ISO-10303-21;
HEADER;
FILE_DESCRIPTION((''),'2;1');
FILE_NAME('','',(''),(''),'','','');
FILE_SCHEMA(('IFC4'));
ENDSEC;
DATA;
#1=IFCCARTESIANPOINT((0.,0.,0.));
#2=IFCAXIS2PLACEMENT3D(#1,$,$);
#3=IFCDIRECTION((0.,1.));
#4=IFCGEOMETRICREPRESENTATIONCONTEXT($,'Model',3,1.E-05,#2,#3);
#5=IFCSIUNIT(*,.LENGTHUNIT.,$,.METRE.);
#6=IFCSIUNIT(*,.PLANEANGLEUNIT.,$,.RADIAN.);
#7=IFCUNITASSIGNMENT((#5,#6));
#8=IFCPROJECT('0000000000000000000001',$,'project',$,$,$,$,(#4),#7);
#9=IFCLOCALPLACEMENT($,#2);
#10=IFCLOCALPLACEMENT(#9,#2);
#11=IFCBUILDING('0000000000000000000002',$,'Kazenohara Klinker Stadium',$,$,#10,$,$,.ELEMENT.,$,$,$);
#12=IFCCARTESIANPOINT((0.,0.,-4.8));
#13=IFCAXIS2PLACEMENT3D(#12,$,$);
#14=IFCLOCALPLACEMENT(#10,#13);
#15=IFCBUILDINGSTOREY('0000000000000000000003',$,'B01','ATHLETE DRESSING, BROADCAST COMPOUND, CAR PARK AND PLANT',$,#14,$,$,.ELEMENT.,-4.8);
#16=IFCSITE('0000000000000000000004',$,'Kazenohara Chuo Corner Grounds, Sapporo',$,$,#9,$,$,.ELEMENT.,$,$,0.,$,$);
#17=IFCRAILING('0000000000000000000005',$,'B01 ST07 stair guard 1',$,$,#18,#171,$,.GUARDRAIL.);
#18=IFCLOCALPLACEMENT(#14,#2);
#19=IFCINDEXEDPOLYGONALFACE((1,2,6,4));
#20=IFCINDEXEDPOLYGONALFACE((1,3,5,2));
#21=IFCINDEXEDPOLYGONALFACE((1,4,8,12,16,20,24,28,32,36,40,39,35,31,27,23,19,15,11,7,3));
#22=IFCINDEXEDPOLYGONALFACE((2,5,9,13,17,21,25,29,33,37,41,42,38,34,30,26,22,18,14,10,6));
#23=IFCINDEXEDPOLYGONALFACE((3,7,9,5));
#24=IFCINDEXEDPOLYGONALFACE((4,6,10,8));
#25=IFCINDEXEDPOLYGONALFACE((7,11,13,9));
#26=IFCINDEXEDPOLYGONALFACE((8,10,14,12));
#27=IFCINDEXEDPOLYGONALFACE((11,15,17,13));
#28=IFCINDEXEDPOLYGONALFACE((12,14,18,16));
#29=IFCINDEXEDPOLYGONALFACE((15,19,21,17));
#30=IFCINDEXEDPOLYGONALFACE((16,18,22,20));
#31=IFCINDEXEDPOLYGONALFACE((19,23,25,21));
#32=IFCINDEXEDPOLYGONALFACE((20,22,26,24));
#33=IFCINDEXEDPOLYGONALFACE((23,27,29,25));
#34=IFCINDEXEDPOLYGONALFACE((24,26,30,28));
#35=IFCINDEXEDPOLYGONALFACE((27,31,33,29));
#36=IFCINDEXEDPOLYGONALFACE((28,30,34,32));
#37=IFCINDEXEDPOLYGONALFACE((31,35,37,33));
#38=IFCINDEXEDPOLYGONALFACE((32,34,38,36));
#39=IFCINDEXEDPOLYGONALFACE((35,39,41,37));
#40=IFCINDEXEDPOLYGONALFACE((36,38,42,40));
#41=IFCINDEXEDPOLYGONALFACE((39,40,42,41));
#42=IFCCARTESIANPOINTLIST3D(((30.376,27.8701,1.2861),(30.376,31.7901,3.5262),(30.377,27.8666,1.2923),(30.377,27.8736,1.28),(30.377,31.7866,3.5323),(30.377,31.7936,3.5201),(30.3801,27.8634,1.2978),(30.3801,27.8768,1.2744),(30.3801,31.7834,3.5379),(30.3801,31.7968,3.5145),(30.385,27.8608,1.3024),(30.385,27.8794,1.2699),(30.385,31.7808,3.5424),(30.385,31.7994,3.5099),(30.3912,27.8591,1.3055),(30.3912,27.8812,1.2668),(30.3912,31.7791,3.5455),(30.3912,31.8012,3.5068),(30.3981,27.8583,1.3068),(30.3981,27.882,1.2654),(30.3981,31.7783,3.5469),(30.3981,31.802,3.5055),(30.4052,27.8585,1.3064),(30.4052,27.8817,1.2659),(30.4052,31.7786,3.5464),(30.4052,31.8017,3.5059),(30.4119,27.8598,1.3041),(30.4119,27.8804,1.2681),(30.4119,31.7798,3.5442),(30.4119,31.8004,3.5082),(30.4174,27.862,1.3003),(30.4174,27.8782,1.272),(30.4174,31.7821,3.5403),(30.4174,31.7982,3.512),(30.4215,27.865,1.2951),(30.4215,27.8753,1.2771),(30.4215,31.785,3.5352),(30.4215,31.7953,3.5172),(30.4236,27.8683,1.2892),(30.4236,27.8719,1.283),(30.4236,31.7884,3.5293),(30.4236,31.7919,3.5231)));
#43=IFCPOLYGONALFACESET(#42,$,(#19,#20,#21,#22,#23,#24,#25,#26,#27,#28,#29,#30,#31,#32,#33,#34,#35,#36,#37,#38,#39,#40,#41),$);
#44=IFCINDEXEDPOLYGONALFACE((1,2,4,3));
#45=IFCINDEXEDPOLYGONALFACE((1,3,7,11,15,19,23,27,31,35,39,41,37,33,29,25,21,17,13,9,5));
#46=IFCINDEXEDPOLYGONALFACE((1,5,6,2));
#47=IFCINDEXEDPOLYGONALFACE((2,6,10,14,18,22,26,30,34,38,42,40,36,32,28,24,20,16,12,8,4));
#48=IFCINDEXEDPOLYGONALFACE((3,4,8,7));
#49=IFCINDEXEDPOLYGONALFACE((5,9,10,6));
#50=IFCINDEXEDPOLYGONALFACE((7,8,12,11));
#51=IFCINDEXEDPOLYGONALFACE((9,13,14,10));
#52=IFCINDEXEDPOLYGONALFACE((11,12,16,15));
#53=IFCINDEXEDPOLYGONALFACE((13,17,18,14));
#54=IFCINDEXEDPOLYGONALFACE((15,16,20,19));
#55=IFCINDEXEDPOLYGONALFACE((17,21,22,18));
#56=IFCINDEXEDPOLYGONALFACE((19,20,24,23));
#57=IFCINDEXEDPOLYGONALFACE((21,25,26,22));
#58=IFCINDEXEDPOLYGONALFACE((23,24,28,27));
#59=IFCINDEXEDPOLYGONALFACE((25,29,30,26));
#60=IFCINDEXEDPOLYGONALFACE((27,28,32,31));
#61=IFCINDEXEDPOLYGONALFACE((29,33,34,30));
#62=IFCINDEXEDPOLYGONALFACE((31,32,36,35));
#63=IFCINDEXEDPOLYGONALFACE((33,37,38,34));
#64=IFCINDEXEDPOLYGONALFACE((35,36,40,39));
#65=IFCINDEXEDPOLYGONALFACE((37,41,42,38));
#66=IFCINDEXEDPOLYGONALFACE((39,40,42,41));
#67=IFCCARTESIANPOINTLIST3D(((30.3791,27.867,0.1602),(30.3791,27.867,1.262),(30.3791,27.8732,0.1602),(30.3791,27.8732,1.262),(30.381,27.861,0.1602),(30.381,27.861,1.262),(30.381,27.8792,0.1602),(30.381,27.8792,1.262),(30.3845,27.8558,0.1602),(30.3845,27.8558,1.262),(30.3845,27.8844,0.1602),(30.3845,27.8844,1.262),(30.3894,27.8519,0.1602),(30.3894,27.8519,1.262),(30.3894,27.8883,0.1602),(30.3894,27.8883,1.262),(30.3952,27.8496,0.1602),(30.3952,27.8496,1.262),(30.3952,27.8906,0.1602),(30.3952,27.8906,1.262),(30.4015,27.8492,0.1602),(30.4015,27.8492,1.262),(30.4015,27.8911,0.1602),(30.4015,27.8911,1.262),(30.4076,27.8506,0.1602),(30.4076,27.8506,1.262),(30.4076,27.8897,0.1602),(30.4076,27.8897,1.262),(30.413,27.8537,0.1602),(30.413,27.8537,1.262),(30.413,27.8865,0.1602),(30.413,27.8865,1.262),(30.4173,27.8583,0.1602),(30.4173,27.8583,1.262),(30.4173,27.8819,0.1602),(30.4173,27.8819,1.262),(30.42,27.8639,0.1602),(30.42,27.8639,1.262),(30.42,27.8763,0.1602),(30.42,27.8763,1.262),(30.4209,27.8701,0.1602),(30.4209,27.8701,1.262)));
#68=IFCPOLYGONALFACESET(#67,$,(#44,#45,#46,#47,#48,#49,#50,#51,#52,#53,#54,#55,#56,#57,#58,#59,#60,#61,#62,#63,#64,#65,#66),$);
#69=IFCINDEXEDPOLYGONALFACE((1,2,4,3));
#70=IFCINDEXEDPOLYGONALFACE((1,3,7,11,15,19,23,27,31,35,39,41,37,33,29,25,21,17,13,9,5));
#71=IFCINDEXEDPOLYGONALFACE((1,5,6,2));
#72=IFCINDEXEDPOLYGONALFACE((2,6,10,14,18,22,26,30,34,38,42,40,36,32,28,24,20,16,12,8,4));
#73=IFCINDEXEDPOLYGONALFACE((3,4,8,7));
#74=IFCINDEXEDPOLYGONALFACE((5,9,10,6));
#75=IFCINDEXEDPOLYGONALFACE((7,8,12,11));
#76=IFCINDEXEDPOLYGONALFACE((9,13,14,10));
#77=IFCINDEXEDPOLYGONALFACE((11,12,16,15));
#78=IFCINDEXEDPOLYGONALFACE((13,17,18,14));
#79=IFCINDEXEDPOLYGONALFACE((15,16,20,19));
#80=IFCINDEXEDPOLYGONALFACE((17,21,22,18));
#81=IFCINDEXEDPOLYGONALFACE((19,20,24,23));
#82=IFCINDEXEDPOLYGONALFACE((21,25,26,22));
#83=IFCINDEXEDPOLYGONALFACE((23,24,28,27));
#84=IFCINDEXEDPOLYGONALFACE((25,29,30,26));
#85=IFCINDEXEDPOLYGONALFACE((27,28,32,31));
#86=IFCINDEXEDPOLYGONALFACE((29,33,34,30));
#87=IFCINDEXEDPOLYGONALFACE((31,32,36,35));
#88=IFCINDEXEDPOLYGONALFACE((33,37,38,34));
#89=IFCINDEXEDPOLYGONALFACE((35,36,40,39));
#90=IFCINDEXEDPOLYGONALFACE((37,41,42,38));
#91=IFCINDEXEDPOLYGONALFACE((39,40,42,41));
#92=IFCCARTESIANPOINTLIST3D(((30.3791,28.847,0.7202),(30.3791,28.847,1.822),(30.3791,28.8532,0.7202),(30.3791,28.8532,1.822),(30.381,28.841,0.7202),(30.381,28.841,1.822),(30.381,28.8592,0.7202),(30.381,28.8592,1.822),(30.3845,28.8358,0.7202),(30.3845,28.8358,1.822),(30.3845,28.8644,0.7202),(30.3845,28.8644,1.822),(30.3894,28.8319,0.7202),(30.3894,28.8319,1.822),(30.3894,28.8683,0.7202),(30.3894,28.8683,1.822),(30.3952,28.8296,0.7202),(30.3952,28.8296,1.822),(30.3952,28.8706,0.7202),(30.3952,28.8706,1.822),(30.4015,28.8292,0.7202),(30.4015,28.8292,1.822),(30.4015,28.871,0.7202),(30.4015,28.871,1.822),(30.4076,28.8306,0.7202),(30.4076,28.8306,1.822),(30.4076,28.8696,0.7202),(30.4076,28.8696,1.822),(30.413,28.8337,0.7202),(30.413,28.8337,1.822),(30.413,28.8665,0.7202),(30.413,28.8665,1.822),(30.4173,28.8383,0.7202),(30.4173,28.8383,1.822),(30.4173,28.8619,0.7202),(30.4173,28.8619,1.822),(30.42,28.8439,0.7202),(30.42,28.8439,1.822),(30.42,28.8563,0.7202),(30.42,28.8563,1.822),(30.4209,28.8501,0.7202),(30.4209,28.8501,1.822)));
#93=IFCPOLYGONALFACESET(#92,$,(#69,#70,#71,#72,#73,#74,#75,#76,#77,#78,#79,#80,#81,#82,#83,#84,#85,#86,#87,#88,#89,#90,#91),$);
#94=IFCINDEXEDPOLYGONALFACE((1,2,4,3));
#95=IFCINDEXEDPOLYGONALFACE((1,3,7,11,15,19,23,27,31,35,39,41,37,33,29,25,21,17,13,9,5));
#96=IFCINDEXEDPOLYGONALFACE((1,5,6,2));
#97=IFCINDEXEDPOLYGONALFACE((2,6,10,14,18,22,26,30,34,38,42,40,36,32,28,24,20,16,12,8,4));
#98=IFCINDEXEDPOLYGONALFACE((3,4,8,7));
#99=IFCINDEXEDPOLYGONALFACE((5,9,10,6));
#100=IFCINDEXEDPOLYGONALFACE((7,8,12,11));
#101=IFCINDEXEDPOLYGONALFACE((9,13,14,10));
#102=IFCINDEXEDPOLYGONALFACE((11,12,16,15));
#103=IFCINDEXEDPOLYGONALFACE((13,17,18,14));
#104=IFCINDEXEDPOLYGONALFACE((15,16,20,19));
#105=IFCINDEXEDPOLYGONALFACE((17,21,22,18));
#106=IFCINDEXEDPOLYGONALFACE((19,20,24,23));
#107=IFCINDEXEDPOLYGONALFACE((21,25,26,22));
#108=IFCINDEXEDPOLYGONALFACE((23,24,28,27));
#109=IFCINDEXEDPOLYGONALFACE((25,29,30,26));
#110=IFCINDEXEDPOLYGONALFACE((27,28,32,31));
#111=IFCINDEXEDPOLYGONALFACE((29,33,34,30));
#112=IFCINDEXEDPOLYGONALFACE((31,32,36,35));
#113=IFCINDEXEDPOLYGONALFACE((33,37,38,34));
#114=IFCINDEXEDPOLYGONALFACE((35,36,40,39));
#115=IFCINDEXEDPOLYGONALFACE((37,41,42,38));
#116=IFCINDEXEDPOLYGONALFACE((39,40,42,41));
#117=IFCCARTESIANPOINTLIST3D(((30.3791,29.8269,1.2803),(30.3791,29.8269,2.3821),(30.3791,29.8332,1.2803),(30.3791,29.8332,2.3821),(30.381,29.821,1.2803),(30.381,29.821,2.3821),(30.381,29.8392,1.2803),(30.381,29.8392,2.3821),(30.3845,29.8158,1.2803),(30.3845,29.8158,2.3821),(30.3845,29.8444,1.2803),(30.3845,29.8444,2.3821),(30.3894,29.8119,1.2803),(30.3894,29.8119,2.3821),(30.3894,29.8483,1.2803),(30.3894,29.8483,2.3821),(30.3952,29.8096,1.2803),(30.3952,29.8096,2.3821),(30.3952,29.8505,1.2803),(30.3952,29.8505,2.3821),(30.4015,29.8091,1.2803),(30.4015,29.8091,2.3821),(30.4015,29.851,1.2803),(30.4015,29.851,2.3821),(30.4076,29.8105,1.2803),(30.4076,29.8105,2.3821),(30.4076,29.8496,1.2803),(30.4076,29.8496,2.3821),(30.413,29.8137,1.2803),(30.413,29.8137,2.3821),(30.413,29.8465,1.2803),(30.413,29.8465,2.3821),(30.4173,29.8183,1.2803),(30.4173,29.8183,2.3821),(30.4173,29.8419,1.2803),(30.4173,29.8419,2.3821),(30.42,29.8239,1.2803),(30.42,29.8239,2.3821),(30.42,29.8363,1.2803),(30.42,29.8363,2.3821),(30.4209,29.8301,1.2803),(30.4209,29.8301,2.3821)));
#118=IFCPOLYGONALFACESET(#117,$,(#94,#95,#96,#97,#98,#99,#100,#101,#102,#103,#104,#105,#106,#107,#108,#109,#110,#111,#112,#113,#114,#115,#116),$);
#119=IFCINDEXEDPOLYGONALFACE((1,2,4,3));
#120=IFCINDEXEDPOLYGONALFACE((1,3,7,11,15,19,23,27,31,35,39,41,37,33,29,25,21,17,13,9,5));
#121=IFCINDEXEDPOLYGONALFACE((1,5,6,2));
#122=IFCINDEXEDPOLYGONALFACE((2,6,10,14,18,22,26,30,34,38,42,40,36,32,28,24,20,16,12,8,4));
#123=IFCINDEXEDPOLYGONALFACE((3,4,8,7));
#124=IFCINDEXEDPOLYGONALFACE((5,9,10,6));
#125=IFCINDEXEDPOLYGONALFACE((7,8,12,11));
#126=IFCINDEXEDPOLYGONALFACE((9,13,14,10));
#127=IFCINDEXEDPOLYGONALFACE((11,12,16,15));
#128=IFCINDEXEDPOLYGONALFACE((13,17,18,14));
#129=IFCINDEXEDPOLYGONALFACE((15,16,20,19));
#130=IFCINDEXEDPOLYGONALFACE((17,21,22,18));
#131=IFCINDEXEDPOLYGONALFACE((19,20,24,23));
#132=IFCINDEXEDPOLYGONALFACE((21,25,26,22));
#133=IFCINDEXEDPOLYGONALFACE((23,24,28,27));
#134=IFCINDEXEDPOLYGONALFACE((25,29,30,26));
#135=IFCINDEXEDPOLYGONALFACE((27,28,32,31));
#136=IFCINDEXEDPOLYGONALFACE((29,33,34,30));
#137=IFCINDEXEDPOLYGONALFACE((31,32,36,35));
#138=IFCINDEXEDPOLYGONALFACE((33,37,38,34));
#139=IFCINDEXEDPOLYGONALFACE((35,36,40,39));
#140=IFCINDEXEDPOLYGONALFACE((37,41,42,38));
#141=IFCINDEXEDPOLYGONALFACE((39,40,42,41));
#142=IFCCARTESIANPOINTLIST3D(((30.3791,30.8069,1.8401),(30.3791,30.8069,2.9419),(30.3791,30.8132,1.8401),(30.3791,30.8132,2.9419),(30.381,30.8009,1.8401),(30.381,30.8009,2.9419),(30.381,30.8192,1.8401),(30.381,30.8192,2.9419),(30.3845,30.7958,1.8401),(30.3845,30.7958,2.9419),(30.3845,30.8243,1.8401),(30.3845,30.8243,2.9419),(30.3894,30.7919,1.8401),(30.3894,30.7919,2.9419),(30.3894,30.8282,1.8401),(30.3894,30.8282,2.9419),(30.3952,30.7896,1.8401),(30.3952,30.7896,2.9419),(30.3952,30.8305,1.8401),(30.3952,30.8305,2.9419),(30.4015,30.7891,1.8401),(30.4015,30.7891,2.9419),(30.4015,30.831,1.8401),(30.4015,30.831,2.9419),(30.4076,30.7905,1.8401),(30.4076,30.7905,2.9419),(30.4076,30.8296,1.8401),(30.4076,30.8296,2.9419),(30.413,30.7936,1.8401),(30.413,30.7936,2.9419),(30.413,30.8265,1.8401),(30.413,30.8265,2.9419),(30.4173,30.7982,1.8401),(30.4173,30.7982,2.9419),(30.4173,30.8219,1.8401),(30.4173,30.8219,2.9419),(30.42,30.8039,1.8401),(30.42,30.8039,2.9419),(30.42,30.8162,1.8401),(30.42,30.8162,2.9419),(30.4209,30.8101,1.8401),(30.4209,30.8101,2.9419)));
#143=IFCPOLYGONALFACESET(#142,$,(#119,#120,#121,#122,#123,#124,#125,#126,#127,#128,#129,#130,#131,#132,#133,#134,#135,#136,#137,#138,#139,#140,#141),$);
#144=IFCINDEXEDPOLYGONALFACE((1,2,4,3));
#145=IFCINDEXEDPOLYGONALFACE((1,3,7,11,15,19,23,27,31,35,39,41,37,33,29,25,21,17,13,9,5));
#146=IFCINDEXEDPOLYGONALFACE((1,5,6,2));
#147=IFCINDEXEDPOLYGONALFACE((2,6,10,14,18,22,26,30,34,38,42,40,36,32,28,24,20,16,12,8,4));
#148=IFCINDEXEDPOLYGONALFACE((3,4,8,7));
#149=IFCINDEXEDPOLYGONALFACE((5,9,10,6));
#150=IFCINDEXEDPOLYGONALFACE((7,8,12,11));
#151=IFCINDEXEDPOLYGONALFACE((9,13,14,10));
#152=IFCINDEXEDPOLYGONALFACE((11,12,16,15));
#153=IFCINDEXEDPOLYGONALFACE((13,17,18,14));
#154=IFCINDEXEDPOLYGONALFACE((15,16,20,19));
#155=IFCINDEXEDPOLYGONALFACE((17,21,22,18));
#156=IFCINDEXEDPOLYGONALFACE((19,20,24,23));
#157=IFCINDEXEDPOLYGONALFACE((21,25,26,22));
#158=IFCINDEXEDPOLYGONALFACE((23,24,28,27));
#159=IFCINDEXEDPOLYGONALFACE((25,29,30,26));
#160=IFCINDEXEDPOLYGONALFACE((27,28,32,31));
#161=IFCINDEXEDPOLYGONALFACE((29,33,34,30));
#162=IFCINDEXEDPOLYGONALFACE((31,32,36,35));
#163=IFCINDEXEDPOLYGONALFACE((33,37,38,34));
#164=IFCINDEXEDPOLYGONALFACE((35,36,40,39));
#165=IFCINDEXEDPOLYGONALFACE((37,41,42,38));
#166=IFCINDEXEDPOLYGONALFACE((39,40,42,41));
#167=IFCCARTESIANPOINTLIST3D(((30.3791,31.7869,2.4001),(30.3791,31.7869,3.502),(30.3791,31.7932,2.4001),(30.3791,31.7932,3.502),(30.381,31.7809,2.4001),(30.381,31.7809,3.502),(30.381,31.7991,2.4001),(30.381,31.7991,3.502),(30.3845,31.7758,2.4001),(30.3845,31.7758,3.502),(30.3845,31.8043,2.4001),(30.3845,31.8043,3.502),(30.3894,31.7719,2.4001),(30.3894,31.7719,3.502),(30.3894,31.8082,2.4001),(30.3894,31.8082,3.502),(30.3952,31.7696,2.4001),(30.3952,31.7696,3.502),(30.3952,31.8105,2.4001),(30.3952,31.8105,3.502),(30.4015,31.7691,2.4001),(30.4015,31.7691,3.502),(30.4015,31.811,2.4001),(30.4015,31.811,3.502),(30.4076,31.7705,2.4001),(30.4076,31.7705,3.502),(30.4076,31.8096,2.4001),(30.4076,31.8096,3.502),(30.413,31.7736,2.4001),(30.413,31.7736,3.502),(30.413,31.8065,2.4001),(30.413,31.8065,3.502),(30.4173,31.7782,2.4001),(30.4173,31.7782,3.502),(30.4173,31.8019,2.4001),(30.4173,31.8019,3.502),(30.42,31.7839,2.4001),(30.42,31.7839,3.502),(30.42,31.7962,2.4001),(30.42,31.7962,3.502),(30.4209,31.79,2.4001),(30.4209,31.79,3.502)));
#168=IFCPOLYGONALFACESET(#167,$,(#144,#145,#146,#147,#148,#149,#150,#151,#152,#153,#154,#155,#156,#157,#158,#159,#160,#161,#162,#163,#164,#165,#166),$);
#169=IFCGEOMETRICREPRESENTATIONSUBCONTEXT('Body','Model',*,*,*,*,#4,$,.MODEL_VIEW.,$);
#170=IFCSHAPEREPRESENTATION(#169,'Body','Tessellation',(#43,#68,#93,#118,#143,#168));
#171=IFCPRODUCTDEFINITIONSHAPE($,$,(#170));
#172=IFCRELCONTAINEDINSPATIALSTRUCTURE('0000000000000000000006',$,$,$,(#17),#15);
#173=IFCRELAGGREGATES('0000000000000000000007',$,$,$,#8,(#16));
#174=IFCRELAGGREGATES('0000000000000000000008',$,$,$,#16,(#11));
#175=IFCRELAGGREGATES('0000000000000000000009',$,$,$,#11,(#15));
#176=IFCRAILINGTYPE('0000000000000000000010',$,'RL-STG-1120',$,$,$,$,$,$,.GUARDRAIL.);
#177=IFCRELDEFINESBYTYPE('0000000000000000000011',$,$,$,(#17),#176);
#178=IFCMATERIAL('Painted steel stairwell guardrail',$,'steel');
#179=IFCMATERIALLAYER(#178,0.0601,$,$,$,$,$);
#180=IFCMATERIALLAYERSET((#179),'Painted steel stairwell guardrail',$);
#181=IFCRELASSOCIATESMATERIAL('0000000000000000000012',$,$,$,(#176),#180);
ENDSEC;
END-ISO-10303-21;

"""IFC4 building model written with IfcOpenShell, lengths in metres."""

from ifc_helpers import new_model, si_unit, direction, frame, origin, origin_2d, place, context, subcontext, project, spatial, circle, extrude, material, layer, layer_set, type_object, element, save


model = new_model("IFC4")

# Units and contexts
model_context = context("Model", 3, precision=1e-05, world=origin(), true_north=direction((0.0, 1.0)))
body_context = subcontext(model_context, "Body", "Model", "MODEL_VIEW")
ifc_project = project(units=[si_unit("LENGTHUNIT", "METRE"), si_unit("PLANEANGLEUNIT", "RADIAN")], contexts=[model_context])

# Site, building, storey
site_placement = place(None, origin())
site = spatial("IfcSite", under=ifc_project, at=site_placement, Name="Kazenohara Chuo Corner Grounds, Sapporo", CompositionType="ELEMENT", RefElevation=0.0)
building_placement = place(site_placement, origin())
building = spatial("IfcBuilding", under=site, at=building_placement, Name="Kazenohara Klinker Stadium", CompositionType="ELEMENT")
storey_placement = place(building_placement, frame((0.0, 0.0, -4.8)))
storey = spatial("IfcBuildingStorey", under=building, at=storey_placement, Name="B01", Description="ATHLETE DRESSING, BROADCAST COMPOUND, CAR PARK AND PLANT", CompositionType="ELEMENT", Elevation=-4.8)

# Railing
ifc_material_1 = material(Name="Painted steel stairwell guardrail", Category="steel")
ifc_layer_1 = layer(ifc_material_1, 0.0601)
ifc_layer_set_1 = layer_set([ifc_layer_1], Name="Painted steel stairwell guardrail")
railing_type_1 = type_object("IfcRailingType", Name="RL-STG-1120", PredefinedType="GUARDRAIL", material=ifc_layer_set_1)
railing_1_placement = place(storey_placement, frame((30.3999, 27.8701, 0.1602)))
element("IfcRailing", 1, at=railing_1_placement, inside=storey, type_object=railing_type_1, Name="B01 ST07 stair guard 1", PredefinedType="GUARDRAIL", context=body_context, shape_type="SweptSolid", body=[
    extrude(circle(Radius=0.0239, at=origin_2d()), frame((0.0, 0.0, 1.126), z_axis=(0.0, 0.86824, 0.496145), x_axis=(-1.0, 0.0, 0.0)), (0.0, 0.0, 1.0), 4.5149),
    extrude(circle(Radius=0.021, at=origin_2d()), origin(), (0.0, 0.0, 1.0), 1.1018),
    extrude(circle(Radius=0.021, at=origin_2d()), frame((0.0, 0.98, 0.5601)), (0.0, 0.0, 1.0), 1.1018),
    extrude(circle(Radius=0.021, at=origin_2d()), frame((0.0, 1.96, 1.1201)), (0.0, 0.0, 1.0), 1.1018),
    extrude(circle(Radius=0.021, at=origin_2d()), frame((0.0, 2.9399, 1.6799)), (0.0, 0.0, 1.0), 1.1018),
    extrude(circle(Radius=0.021, at=origin_2d()), frame((0.0, 3.9199, 2.24)), (0.0, 0.0, 1.0), 1.1018),
])

save(model, "model.ifc")
